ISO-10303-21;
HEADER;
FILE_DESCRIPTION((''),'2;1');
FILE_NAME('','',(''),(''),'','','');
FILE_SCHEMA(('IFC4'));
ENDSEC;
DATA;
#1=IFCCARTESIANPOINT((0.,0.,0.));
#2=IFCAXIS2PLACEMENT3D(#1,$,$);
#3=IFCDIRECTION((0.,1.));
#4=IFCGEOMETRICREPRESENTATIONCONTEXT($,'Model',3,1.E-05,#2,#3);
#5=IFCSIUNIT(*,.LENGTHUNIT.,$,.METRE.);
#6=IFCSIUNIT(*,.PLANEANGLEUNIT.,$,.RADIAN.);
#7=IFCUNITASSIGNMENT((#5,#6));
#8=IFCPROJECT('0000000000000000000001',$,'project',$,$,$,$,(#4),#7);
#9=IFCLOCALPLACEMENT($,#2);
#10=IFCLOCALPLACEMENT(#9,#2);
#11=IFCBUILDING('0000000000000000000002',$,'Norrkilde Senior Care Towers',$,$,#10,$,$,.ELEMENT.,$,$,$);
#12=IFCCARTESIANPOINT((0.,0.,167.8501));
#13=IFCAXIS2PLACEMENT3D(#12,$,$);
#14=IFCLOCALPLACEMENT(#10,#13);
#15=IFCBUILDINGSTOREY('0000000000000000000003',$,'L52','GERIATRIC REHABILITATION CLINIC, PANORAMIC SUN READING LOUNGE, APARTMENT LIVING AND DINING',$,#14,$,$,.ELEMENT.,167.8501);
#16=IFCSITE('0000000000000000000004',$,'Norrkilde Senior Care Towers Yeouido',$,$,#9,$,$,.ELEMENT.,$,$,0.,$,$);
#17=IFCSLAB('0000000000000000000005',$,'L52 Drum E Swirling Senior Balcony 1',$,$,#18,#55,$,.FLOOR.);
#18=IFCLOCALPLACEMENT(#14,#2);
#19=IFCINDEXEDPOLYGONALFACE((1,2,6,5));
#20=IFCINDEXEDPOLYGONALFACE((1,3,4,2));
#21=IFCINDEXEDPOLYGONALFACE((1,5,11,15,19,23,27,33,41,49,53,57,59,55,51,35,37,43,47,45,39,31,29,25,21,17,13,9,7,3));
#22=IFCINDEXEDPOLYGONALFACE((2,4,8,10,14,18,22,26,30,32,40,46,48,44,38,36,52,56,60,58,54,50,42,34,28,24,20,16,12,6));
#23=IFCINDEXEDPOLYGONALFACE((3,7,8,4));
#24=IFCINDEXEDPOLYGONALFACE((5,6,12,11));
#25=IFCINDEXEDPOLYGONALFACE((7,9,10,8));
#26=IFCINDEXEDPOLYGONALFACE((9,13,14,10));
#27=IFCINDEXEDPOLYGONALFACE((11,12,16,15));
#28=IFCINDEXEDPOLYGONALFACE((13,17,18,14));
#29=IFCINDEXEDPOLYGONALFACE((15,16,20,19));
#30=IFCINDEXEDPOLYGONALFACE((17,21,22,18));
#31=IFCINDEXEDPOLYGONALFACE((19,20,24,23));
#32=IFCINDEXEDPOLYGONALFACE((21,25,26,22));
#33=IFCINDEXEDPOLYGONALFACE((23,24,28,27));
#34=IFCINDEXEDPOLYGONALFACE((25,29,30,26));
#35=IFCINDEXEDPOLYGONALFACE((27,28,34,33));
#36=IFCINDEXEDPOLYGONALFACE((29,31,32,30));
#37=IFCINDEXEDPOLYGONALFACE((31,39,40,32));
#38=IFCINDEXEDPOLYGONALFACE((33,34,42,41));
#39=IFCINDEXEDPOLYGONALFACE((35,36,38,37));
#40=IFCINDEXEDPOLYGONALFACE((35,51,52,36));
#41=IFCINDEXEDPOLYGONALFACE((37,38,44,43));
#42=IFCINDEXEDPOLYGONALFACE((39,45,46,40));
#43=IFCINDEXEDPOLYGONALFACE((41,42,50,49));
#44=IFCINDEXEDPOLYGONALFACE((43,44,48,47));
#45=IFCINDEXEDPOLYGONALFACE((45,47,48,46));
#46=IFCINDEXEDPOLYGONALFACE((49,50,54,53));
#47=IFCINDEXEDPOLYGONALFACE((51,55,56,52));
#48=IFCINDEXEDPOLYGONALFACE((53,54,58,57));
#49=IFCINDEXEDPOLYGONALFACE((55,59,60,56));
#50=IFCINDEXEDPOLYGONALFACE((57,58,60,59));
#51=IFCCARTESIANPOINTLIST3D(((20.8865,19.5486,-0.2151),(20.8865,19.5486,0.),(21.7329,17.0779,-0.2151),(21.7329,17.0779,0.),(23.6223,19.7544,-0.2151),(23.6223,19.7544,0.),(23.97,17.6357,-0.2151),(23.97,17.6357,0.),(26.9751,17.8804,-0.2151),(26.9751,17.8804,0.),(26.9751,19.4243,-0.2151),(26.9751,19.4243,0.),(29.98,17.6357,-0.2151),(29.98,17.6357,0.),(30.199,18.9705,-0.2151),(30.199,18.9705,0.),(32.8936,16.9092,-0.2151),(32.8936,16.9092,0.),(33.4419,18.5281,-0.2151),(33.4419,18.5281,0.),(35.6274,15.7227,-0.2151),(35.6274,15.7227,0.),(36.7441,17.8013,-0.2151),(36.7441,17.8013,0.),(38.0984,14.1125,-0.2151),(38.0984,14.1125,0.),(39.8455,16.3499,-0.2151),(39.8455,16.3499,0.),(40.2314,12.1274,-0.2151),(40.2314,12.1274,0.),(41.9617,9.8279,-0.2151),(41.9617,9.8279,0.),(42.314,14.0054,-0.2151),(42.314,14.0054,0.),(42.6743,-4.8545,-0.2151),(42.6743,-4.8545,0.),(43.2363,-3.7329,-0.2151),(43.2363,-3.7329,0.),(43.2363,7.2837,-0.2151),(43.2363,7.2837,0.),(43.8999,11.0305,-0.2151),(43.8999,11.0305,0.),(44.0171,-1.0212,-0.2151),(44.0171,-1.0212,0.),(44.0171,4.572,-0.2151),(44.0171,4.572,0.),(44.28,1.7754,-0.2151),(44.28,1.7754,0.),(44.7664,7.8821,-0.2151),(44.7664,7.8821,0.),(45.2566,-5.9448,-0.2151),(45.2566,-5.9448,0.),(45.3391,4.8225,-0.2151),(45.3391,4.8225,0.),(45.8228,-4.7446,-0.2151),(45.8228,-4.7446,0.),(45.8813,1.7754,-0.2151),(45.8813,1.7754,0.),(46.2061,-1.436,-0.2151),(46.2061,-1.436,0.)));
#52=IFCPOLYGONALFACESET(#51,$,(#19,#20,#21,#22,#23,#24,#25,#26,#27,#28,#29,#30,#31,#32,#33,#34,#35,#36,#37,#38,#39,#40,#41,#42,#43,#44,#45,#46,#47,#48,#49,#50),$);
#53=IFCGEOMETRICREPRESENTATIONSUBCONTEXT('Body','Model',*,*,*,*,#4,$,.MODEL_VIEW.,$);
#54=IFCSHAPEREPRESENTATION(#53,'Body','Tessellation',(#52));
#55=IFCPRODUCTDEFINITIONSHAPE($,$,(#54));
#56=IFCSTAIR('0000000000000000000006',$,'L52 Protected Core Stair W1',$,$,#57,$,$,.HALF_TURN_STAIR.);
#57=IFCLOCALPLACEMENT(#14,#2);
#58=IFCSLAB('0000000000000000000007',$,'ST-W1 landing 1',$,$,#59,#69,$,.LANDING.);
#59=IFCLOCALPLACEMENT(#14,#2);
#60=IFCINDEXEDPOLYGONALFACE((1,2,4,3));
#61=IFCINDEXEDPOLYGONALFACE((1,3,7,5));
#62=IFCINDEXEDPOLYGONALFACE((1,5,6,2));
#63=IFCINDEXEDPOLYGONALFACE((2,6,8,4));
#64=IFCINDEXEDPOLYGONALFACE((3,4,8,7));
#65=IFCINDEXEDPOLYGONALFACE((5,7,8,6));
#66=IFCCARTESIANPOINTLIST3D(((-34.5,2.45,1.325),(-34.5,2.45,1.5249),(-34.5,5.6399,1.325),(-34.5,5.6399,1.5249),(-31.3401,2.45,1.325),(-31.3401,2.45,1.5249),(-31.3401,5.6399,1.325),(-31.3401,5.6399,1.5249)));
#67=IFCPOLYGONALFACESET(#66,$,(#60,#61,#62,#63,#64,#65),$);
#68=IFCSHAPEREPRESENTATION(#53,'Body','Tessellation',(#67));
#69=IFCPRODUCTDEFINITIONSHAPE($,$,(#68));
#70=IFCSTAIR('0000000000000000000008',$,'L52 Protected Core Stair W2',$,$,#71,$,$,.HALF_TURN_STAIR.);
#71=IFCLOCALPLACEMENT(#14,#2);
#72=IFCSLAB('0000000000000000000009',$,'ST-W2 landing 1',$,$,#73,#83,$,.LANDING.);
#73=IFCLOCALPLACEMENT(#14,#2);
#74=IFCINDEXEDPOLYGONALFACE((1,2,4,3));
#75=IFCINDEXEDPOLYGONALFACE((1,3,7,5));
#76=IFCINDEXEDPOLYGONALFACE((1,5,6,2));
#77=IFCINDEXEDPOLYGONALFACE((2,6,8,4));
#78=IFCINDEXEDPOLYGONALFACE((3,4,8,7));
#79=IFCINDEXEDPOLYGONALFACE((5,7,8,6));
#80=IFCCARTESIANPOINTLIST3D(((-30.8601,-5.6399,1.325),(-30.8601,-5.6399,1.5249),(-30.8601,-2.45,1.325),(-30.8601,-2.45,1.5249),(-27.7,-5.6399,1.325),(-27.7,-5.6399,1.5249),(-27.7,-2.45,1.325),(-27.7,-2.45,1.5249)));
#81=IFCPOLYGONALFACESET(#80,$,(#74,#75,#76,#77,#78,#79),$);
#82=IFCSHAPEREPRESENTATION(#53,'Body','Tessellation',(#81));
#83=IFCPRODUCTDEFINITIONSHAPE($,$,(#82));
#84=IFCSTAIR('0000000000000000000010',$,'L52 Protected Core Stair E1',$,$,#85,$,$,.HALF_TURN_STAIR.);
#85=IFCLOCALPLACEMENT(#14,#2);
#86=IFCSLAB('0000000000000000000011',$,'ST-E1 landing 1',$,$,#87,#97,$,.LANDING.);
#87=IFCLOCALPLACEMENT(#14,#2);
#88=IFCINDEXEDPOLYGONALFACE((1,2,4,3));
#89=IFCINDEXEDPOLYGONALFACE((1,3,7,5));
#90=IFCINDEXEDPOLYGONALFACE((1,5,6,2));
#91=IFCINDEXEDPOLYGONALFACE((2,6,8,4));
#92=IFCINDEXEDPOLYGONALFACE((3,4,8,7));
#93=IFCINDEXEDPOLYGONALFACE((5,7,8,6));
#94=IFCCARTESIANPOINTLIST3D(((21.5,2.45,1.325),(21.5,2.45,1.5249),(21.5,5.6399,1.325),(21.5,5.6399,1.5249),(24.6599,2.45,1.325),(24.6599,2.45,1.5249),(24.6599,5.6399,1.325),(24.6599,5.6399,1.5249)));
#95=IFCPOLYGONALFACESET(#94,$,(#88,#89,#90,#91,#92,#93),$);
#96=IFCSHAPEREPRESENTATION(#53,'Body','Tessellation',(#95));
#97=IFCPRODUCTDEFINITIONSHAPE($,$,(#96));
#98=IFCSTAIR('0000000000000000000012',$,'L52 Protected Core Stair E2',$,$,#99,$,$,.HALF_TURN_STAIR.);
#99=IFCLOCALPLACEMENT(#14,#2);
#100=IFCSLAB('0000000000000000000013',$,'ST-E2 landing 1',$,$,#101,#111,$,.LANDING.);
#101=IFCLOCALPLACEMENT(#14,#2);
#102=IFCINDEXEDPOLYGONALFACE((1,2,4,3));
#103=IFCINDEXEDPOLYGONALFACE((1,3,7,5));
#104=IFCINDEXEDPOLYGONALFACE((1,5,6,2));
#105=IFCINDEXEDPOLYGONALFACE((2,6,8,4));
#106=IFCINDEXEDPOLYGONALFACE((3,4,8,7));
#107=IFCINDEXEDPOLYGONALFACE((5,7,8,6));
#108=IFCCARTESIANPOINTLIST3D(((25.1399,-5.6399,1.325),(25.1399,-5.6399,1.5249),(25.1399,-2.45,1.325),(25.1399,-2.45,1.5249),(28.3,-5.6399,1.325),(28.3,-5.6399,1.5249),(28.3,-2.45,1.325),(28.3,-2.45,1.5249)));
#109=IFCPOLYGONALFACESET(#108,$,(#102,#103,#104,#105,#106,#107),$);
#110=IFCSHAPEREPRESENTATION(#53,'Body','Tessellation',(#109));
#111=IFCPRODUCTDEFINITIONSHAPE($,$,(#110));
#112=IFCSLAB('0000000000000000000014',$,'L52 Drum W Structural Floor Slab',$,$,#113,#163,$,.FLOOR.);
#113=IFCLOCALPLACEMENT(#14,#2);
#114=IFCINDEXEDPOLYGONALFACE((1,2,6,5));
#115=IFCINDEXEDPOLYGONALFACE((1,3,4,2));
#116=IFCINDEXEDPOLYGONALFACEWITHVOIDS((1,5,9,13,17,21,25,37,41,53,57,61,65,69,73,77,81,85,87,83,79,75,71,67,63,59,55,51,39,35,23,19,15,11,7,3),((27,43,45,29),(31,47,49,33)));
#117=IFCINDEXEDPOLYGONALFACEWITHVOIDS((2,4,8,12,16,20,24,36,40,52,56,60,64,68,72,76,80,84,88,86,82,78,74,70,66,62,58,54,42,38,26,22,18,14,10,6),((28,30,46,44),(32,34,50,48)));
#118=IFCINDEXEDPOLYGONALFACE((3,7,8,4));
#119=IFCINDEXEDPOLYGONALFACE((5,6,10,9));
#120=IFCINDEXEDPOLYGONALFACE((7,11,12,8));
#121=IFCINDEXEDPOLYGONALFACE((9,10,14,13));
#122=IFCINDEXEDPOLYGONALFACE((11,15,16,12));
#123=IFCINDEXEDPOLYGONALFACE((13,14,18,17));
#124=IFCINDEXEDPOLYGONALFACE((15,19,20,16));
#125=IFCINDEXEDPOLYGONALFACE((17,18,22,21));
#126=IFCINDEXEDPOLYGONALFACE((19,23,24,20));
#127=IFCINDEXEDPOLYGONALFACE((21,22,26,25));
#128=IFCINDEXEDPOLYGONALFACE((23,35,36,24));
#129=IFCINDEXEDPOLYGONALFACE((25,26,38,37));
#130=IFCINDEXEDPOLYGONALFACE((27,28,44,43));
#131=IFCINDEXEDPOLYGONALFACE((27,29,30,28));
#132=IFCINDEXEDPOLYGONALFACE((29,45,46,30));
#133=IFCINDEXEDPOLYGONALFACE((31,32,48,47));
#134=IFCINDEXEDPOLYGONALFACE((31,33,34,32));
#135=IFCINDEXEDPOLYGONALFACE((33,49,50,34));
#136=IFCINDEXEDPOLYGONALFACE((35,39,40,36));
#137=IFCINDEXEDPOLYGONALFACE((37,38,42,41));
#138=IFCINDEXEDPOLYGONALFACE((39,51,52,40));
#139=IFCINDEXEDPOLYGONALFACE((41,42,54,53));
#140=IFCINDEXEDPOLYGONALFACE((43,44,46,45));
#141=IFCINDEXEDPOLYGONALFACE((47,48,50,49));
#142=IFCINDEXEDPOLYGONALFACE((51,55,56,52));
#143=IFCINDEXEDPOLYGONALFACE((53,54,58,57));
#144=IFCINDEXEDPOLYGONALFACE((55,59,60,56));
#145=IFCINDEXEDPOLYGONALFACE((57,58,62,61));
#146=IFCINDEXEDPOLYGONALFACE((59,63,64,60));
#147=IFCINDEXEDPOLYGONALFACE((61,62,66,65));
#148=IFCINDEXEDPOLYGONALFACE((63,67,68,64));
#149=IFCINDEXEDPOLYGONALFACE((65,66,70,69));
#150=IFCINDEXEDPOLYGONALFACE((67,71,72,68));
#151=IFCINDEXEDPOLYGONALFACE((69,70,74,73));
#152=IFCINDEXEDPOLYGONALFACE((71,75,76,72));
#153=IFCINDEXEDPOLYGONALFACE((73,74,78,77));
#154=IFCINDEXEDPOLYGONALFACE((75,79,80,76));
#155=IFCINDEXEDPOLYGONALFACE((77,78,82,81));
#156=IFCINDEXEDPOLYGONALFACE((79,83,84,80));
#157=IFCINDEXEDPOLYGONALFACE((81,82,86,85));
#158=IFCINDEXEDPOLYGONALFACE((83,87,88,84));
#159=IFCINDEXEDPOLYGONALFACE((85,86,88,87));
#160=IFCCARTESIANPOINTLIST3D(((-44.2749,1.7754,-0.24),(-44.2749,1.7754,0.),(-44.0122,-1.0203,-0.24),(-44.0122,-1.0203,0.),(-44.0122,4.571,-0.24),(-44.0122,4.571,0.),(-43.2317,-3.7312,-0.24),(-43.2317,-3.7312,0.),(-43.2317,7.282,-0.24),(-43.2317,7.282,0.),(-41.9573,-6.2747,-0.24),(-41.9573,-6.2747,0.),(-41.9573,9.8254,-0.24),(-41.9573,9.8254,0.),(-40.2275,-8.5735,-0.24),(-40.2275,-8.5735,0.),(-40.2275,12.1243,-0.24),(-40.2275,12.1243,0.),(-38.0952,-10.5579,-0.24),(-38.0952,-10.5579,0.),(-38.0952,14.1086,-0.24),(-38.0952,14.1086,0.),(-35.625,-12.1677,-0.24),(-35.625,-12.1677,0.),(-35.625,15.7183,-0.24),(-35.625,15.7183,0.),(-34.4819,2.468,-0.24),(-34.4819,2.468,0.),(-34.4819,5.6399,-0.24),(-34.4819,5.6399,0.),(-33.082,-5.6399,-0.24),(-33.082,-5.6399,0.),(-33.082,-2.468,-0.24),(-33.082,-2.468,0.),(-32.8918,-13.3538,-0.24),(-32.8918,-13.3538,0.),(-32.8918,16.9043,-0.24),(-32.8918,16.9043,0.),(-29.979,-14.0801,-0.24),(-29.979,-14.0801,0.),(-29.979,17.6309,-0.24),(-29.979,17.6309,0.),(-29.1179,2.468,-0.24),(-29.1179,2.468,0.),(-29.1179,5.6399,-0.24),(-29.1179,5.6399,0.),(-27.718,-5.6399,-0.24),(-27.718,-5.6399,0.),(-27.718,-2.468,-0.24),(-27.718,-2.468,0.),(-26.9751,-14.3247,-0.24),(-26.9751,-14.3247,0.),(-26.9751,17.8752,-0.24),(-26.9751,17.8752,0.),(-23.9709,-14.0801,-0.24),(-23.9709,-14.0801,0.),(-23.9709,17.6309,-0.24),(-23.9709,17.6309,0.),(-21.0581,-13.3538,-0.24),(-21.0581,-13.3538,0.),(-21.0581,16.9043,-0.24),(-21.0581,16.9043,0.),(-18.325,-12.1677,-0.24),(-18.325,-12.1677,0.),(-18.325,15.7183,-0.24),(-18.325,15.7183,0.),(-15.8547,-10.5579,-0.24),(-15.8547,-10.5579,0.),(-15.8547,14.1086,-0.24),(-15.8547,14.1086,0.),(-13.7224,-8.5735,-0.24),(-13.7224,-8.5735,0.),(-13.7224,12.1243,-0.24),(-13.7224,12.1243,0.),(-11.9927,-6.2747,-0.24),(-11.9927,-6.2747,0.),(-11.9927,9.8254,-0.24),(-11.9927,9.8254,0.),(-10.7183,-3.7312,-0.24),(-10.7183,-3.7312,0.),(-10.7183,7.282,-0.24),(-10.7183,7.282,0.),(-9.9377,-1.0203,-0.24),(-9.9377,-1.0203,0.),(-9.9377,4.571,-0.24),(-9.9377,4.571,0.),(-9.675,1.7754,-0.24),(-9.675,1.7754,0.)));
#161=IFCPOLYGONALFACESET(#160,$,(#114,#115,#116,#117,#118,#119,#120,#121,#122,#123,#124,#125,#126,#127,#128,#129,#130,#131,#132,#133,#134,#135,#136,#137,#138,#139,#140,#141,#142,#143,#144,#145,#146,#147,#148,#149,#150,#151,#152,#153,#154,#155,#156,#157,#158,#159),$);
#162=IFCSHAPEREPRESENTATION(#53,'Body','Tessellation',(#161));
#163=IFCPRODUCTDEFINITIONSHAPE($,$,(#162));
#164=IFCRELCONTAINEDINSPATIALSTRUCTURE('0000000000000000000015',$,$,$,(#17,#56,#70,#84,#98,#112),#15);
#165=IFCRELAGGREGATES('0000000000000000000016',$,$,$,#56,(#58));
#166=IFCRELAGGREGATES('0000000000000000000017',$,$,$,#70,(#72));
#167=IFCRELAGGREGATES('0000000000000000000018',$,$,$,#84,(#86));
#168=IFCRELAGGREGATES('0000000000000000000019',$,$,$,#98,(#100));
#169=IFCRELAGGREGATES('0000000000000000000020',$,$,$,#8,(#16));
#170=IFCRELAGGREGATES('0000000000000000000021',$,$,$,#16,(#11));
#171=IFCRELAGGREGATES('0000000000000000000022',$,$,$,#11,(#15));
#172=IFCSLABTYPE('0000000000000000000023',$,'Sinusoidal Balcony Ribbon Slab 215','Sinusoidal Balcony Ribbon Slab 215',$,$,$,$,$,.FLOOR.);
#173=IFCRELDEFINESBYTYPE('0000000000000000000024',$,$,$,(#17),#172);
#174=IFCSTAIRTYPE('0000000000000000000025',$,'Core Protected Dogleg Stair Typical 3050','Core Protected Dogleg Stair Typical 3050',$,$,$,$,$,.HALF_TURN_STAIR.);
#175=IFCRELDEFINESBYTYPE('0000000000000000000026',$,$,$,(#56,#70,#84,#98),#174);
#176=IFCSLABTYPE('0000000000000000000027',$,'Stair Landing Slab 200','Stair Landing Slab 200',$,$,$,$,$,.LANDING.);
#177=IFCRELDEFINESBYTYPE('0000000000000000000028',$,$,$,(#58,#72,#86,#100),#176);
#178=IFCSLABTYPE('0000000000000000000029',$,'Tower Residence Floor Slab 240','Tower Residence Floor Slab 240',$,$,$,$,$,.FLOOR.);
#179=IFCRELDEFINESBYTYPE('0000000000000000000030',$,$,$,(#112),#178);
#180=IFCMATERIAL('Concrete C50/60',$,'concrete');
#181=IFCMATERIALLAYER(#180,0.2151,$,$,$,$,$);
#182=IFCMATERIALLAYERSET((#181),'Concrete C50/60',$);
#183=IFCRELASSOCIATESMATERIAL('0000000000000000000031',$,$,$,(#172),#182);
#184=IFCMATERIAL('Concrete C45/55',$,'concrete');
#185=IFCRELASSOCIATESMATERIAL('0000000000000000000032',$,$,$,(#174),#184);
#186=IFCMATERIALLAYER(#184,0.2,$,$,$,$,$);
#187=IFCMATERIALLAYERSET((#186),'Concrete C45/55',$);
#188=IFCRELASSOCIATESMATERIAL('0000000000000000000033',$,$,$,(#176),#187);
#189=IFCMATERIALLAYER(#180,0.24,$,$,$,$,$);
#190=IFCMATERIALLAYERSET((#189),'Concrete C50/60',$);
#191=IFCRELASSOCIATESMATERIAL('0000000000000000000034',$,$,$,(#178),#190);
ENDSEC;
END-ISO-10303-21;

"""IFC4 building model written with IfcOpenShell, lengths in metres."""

from ifc_helpers import new_model, si_unit, direction, frame, origin, place, context, subcontext, project, spatial, polyline, outline, extrude, material, layer, layer_set, type_object, element, aggregate, save


model = new_model("IFC4")

# Units and contexts
model_context = context("Model", 3, precision=1e-05, world=origin(), true_north=direction((0.0, 1.0)))
body_context = subcontext(model_context, "Body", "Model", "MODEL_VIEW")
ifc_project = project(units=[si_unit("LENGTHUNIT", "METRE"), si_unit("PLANEANGLEUNIT", "RADIAN")], contexts=[model_context])

# Site, building, storey
site_placement = place(None, origin())
site = spatial("IfcSite", under=ifc_project, at=site_placement, Name="Norrkilde Senior Care Towers Yeouido", CompositionType="ELEMENT", RefElevation=0.0)
building_placement = place(site_placement, origin())
building = spatial("IfcBuilding", under=site, at=building_placement, Name="Norrkilde Senior Care Towers", CompositionType="ELEMENT")
storey_placement = place(building_placement, frame((0.0, 0.0, 167.8501)))
storey = spatial("IfcBuildingStorey", under=building, at=storey_placement, Name="L52", Description="GERIATRIC REHABILITATION CLINIC, PANORAMIC SUN READING LOUNGE, APARTMENT LIVING AND DINING", CompositionType="ELEMENT", Elevation=167.8501)

# Shared definitions
ifc_material_1 = material(Name="Concrete C50/60", Category="concrete")

# Slab
ifc_layer_1 = layer(ifc_material_1, 0.2151)
ifc_layer_set_1 = layer_set([ifc_layer_1], Name="Concrete C50/60")
slab_type_1 = type_object("IfcSlabType", Name="Sinusoidal Balcony Ribbon Slab 215", Description="Sinusoidal Balcony Ribbon Slab 215", PredefinedType="FLOOR", material=ifc_layer_set_1)
slab_1_placement = place(storey_placement, frame((0.0, 0.0, -0.2151)))
element("IfcSlab", 1, at=slab_1_placement, inside=storey, type_object=slab_type_1, Name="L52 Drum E Swirling Senior Balcony 1", PredefinedType="FLOOR", context=body_context, shape_type="SweptSolid", body=[
    extrude(outline(polyline([(45.2566, -5.9448), (42.6743, -4.8545), (43.2363, -3.7329), (44.0171, -1.0212), (44.28, 1.7754), (44.0171, 4.572), (43.2363, 7.2837), (41.9617, 9.8279), (40.2314, 12.1274), (38.0984, 14.1125), (35.6274, 15.7227), (32.8936, 16.9092), (29.98, 17.6357), (26.9751, 17.8804), (23.97, 17.6357), (21.7329, 17.0779), (20.8865, 19.5486), (23.6223, 19.7544), (26.9751, 19.4243), (30.199, 18.9705), (33.4419, 18.5281), (36.7441, 17.8013), (39.8455, 16.3499), (42.314, 14.0054), (43.8999, 11.0305), (44.7664, 7.8821), (45.3391, 4.8225), (45.8813, 1.7754), (46.2061, -1.436), (45.8228, -4.7446), (45.2566, -5.9448)])), origin(), (0.0, 0.0, 1.0), 0.2151),
])

# Stairs, slabs
ifc_material_2 = material(Name="Concrete C45/55", Category="concrete")
stair_type = type_object("IfcStairType", Name="Core Protected Dogleg Stair Typical 3050", Description="Core Protected Dogleg Stair Typical 3050", PredefinedType="HALF_TURN_STAIR", material=ifc_material_2)
stair_1_placement = place(storey_placement, origin())
stair_1 = element("IfcStair", 2, at=stair_1_placement, inside=storey, type_object=stair_type, Name="L52 Protected Core Stair W1", PredefinedType="HALF_TURN_STAIR")
ifc_layer_2 = layer(ifc_material_2, 0.2)
ifc_layer_set_2 = layer_set([ifc_layer_2], Name="Concrete C45/55")
slab_type_2 = type_object("IfcSlabType", Name="Stair Landing Slab 200", Description="Stair Landing Slab 200", PredefinedType="LANDING", material=ifc_layer_set_2)
slab_2_placement = place(storey_placement, frame((0.0, 0.0, 1.325)))
slab_2 = element("IfcSlab", 3, at=slab_2_placement, type_object=slab_type_2, Name="ST-W1 landing 1", PredefinedType="LANDING", context=body_context, shape_type="SweptSolid", body=[
    extrude(outline(polyline([(-31.3401, 5.6399), (-34.5, 5.6399), (-34.5, 2.45), (-31.3401, 2.45), (-31.3401, 5.6399)])), origin(), (0.0, 0.0, 1.0), 0.2),
])
aggregate(stair_1, [slab_2])
stair_2_placement = place(storey_placement, origin())
stair_2 = element("IfcStair", 4, at=stair_2_placement, inside=storey, type_object=stair_type, Name="L52 Protected Core Stair W2", PredefinedType="HALF_TURN_STAIR")
slab_3_placement = place(storey_placement, frame((0.0, 0.0, 1.325)))
slab_3 = element("IfcSlab", 5, at=slab_3_placement, type_object=slab_type_2, Name="ST-W2 landing 1", PredefinedType="LANDING", context=body_context, shape_type="SweptSolid", body=[
    extrude(outline(polyline([(-30.8601, -5.6399), (-27.7, -5.6399), (-27.7, -2.45), (-30.8601, -2.45), (-30.8601, -5.6399)])), origin(), (0.0, 0.0, 1.0), 0.2),
])
aggregate(stair_2, [slab_3])
stair_3_placement = place(storey_placement, origin())
stair_3 = element("IfcStair", 6, at=stair_3_placement, inside=storey, type_object=stair_type, Name="L52 Protected Core Stair E1", PredefinedType="HALF_TURN_STAIR")
slab_4_placement = place(storey_placement, frame((0.0, 0.0, 1.325)))
slab_4 = element("IfcSlab", 7, at=slab_4_placement, type_object=slab_type_2, Name="ST-E1 landing 1", PredefinedType="LANDING", context=body_context, shape_type="SweptSolid", body=[
    extrude(outline(polyline([(24.6599, 5.6399), (21.5, 5.6399), (21.5, 2.45), (24.6599, 2.45), (24.6599, 5.6399)])), origin(), (0.0, 0.0, 1.0), 0.2),
])
aggregate(stair_3, [slab_4])
stair_4_placement = place(storey_placement, origin())
stair_4 = element("IfcStair", 8, at=stair_4_placement, inside=storey, type_object=stair_type, Name="L52 Protected Core Stair E2", PredefinedType="HALF_TURN_STAIR")
slab_5_placement = place(storey_placement, frame((0.0, 0.0, 1.325)))
slab_5 = element("IfcSlab", 9, at=slab_5_placement, type_object=slab_type_2, Name="ST-E2 landing 1", PredefinedType="LANDING", context=body_context, shape_type="SweptSolid", body=[
    extrude(outline(polyline([(25.1399, -5.6399), (28.3, -5.6399), (28.3, -2.45), (25.1399, -2.45), (25.1399, -5.6399)])), origin(), (0.0, 0.0, 1.0), 0.2),
])
aggregate(stair_4, [slab_5])

# Slab
ifc_layer_3 = layer(ifc_material_1, 0.24)
ifc_layer_set_3 = layer_set([ifc_layer_3], Name="Concrete C50/60")
slab_type_3 = type_object("IfcSlabType", Name="Tower Residence Floor Slab 240", Description="Tower Residence Floor Slab 240", PredefinedType="FLOOR", material=ifc_layer_set_3)
slab_6_placement = place(storey_placement, frame((0.0, 0.0, -0.24)))
element("IfcSlab", 10, at=slab_6_placement, inside=storey, type_object=slab_type_3, Name="L52 Drum W Structural Floor Slab", PredefinedType="FLOOR", context=body_context, shape_type="SweptSolid", body=[
    extrude(outline(polyline([(-10.7183, -3.7312), (-11.9927, -6.2747), (-13.7224, -8.5735), (-15.8547, -10.5579), (-18.325, -12.1677), (-21.0581, -13.3538), (-23.9709, -14.0801), (-26.9751, -14.3247), (-29.979, -14.0801), (-32.8918, -13.3538), (-35.625, -12.1677), (-38.0952, -10.5579), (-40.2275, -8.5735), (-41.9573, -6.2747), (-43.2317, -3.7312), (-44.0122, -1.0203), (-44.2749, 1.7754), (-44.0122, 4.571), (-43.2317, 7.282), (-41.9573, 9.8254), (-40.2275, 12.1243), (-38.0952, 14.1086), (-35.625, 15.7183), (-32.8918, 16.9043), (-29.979, 17.6309), (-26.9751, 17.8752), (-23.9709, 17.6309), (-21.0581, 16.9043), (-18.325, 15.7183), (-15.8547, 14.1086), (-13.7224, 12.1243), (-11.9927, 9.8254), (-10.7183, 7.282), (-9.9377, 4.571), (-9.675, 1.7754), (-9.9377, -1.0203), (-10.7183, -3.7312)]), holes=[polyline([(-34.4819, 2.468), (-29.1179, 2.468), (-29.1179, 5.6399), (-34.4819, 5.6399), (-34.4819, 2.468)]), polyline([(-27.718, -5.6399), (-27.718, -2.468), (-33.082, -2.468), (-33.082, -5.6399), (-27.718, -5.6399)])]), origin(), (0.0, 0.0, 1.0), 0.24),
])

save(model, "model.ifc")
